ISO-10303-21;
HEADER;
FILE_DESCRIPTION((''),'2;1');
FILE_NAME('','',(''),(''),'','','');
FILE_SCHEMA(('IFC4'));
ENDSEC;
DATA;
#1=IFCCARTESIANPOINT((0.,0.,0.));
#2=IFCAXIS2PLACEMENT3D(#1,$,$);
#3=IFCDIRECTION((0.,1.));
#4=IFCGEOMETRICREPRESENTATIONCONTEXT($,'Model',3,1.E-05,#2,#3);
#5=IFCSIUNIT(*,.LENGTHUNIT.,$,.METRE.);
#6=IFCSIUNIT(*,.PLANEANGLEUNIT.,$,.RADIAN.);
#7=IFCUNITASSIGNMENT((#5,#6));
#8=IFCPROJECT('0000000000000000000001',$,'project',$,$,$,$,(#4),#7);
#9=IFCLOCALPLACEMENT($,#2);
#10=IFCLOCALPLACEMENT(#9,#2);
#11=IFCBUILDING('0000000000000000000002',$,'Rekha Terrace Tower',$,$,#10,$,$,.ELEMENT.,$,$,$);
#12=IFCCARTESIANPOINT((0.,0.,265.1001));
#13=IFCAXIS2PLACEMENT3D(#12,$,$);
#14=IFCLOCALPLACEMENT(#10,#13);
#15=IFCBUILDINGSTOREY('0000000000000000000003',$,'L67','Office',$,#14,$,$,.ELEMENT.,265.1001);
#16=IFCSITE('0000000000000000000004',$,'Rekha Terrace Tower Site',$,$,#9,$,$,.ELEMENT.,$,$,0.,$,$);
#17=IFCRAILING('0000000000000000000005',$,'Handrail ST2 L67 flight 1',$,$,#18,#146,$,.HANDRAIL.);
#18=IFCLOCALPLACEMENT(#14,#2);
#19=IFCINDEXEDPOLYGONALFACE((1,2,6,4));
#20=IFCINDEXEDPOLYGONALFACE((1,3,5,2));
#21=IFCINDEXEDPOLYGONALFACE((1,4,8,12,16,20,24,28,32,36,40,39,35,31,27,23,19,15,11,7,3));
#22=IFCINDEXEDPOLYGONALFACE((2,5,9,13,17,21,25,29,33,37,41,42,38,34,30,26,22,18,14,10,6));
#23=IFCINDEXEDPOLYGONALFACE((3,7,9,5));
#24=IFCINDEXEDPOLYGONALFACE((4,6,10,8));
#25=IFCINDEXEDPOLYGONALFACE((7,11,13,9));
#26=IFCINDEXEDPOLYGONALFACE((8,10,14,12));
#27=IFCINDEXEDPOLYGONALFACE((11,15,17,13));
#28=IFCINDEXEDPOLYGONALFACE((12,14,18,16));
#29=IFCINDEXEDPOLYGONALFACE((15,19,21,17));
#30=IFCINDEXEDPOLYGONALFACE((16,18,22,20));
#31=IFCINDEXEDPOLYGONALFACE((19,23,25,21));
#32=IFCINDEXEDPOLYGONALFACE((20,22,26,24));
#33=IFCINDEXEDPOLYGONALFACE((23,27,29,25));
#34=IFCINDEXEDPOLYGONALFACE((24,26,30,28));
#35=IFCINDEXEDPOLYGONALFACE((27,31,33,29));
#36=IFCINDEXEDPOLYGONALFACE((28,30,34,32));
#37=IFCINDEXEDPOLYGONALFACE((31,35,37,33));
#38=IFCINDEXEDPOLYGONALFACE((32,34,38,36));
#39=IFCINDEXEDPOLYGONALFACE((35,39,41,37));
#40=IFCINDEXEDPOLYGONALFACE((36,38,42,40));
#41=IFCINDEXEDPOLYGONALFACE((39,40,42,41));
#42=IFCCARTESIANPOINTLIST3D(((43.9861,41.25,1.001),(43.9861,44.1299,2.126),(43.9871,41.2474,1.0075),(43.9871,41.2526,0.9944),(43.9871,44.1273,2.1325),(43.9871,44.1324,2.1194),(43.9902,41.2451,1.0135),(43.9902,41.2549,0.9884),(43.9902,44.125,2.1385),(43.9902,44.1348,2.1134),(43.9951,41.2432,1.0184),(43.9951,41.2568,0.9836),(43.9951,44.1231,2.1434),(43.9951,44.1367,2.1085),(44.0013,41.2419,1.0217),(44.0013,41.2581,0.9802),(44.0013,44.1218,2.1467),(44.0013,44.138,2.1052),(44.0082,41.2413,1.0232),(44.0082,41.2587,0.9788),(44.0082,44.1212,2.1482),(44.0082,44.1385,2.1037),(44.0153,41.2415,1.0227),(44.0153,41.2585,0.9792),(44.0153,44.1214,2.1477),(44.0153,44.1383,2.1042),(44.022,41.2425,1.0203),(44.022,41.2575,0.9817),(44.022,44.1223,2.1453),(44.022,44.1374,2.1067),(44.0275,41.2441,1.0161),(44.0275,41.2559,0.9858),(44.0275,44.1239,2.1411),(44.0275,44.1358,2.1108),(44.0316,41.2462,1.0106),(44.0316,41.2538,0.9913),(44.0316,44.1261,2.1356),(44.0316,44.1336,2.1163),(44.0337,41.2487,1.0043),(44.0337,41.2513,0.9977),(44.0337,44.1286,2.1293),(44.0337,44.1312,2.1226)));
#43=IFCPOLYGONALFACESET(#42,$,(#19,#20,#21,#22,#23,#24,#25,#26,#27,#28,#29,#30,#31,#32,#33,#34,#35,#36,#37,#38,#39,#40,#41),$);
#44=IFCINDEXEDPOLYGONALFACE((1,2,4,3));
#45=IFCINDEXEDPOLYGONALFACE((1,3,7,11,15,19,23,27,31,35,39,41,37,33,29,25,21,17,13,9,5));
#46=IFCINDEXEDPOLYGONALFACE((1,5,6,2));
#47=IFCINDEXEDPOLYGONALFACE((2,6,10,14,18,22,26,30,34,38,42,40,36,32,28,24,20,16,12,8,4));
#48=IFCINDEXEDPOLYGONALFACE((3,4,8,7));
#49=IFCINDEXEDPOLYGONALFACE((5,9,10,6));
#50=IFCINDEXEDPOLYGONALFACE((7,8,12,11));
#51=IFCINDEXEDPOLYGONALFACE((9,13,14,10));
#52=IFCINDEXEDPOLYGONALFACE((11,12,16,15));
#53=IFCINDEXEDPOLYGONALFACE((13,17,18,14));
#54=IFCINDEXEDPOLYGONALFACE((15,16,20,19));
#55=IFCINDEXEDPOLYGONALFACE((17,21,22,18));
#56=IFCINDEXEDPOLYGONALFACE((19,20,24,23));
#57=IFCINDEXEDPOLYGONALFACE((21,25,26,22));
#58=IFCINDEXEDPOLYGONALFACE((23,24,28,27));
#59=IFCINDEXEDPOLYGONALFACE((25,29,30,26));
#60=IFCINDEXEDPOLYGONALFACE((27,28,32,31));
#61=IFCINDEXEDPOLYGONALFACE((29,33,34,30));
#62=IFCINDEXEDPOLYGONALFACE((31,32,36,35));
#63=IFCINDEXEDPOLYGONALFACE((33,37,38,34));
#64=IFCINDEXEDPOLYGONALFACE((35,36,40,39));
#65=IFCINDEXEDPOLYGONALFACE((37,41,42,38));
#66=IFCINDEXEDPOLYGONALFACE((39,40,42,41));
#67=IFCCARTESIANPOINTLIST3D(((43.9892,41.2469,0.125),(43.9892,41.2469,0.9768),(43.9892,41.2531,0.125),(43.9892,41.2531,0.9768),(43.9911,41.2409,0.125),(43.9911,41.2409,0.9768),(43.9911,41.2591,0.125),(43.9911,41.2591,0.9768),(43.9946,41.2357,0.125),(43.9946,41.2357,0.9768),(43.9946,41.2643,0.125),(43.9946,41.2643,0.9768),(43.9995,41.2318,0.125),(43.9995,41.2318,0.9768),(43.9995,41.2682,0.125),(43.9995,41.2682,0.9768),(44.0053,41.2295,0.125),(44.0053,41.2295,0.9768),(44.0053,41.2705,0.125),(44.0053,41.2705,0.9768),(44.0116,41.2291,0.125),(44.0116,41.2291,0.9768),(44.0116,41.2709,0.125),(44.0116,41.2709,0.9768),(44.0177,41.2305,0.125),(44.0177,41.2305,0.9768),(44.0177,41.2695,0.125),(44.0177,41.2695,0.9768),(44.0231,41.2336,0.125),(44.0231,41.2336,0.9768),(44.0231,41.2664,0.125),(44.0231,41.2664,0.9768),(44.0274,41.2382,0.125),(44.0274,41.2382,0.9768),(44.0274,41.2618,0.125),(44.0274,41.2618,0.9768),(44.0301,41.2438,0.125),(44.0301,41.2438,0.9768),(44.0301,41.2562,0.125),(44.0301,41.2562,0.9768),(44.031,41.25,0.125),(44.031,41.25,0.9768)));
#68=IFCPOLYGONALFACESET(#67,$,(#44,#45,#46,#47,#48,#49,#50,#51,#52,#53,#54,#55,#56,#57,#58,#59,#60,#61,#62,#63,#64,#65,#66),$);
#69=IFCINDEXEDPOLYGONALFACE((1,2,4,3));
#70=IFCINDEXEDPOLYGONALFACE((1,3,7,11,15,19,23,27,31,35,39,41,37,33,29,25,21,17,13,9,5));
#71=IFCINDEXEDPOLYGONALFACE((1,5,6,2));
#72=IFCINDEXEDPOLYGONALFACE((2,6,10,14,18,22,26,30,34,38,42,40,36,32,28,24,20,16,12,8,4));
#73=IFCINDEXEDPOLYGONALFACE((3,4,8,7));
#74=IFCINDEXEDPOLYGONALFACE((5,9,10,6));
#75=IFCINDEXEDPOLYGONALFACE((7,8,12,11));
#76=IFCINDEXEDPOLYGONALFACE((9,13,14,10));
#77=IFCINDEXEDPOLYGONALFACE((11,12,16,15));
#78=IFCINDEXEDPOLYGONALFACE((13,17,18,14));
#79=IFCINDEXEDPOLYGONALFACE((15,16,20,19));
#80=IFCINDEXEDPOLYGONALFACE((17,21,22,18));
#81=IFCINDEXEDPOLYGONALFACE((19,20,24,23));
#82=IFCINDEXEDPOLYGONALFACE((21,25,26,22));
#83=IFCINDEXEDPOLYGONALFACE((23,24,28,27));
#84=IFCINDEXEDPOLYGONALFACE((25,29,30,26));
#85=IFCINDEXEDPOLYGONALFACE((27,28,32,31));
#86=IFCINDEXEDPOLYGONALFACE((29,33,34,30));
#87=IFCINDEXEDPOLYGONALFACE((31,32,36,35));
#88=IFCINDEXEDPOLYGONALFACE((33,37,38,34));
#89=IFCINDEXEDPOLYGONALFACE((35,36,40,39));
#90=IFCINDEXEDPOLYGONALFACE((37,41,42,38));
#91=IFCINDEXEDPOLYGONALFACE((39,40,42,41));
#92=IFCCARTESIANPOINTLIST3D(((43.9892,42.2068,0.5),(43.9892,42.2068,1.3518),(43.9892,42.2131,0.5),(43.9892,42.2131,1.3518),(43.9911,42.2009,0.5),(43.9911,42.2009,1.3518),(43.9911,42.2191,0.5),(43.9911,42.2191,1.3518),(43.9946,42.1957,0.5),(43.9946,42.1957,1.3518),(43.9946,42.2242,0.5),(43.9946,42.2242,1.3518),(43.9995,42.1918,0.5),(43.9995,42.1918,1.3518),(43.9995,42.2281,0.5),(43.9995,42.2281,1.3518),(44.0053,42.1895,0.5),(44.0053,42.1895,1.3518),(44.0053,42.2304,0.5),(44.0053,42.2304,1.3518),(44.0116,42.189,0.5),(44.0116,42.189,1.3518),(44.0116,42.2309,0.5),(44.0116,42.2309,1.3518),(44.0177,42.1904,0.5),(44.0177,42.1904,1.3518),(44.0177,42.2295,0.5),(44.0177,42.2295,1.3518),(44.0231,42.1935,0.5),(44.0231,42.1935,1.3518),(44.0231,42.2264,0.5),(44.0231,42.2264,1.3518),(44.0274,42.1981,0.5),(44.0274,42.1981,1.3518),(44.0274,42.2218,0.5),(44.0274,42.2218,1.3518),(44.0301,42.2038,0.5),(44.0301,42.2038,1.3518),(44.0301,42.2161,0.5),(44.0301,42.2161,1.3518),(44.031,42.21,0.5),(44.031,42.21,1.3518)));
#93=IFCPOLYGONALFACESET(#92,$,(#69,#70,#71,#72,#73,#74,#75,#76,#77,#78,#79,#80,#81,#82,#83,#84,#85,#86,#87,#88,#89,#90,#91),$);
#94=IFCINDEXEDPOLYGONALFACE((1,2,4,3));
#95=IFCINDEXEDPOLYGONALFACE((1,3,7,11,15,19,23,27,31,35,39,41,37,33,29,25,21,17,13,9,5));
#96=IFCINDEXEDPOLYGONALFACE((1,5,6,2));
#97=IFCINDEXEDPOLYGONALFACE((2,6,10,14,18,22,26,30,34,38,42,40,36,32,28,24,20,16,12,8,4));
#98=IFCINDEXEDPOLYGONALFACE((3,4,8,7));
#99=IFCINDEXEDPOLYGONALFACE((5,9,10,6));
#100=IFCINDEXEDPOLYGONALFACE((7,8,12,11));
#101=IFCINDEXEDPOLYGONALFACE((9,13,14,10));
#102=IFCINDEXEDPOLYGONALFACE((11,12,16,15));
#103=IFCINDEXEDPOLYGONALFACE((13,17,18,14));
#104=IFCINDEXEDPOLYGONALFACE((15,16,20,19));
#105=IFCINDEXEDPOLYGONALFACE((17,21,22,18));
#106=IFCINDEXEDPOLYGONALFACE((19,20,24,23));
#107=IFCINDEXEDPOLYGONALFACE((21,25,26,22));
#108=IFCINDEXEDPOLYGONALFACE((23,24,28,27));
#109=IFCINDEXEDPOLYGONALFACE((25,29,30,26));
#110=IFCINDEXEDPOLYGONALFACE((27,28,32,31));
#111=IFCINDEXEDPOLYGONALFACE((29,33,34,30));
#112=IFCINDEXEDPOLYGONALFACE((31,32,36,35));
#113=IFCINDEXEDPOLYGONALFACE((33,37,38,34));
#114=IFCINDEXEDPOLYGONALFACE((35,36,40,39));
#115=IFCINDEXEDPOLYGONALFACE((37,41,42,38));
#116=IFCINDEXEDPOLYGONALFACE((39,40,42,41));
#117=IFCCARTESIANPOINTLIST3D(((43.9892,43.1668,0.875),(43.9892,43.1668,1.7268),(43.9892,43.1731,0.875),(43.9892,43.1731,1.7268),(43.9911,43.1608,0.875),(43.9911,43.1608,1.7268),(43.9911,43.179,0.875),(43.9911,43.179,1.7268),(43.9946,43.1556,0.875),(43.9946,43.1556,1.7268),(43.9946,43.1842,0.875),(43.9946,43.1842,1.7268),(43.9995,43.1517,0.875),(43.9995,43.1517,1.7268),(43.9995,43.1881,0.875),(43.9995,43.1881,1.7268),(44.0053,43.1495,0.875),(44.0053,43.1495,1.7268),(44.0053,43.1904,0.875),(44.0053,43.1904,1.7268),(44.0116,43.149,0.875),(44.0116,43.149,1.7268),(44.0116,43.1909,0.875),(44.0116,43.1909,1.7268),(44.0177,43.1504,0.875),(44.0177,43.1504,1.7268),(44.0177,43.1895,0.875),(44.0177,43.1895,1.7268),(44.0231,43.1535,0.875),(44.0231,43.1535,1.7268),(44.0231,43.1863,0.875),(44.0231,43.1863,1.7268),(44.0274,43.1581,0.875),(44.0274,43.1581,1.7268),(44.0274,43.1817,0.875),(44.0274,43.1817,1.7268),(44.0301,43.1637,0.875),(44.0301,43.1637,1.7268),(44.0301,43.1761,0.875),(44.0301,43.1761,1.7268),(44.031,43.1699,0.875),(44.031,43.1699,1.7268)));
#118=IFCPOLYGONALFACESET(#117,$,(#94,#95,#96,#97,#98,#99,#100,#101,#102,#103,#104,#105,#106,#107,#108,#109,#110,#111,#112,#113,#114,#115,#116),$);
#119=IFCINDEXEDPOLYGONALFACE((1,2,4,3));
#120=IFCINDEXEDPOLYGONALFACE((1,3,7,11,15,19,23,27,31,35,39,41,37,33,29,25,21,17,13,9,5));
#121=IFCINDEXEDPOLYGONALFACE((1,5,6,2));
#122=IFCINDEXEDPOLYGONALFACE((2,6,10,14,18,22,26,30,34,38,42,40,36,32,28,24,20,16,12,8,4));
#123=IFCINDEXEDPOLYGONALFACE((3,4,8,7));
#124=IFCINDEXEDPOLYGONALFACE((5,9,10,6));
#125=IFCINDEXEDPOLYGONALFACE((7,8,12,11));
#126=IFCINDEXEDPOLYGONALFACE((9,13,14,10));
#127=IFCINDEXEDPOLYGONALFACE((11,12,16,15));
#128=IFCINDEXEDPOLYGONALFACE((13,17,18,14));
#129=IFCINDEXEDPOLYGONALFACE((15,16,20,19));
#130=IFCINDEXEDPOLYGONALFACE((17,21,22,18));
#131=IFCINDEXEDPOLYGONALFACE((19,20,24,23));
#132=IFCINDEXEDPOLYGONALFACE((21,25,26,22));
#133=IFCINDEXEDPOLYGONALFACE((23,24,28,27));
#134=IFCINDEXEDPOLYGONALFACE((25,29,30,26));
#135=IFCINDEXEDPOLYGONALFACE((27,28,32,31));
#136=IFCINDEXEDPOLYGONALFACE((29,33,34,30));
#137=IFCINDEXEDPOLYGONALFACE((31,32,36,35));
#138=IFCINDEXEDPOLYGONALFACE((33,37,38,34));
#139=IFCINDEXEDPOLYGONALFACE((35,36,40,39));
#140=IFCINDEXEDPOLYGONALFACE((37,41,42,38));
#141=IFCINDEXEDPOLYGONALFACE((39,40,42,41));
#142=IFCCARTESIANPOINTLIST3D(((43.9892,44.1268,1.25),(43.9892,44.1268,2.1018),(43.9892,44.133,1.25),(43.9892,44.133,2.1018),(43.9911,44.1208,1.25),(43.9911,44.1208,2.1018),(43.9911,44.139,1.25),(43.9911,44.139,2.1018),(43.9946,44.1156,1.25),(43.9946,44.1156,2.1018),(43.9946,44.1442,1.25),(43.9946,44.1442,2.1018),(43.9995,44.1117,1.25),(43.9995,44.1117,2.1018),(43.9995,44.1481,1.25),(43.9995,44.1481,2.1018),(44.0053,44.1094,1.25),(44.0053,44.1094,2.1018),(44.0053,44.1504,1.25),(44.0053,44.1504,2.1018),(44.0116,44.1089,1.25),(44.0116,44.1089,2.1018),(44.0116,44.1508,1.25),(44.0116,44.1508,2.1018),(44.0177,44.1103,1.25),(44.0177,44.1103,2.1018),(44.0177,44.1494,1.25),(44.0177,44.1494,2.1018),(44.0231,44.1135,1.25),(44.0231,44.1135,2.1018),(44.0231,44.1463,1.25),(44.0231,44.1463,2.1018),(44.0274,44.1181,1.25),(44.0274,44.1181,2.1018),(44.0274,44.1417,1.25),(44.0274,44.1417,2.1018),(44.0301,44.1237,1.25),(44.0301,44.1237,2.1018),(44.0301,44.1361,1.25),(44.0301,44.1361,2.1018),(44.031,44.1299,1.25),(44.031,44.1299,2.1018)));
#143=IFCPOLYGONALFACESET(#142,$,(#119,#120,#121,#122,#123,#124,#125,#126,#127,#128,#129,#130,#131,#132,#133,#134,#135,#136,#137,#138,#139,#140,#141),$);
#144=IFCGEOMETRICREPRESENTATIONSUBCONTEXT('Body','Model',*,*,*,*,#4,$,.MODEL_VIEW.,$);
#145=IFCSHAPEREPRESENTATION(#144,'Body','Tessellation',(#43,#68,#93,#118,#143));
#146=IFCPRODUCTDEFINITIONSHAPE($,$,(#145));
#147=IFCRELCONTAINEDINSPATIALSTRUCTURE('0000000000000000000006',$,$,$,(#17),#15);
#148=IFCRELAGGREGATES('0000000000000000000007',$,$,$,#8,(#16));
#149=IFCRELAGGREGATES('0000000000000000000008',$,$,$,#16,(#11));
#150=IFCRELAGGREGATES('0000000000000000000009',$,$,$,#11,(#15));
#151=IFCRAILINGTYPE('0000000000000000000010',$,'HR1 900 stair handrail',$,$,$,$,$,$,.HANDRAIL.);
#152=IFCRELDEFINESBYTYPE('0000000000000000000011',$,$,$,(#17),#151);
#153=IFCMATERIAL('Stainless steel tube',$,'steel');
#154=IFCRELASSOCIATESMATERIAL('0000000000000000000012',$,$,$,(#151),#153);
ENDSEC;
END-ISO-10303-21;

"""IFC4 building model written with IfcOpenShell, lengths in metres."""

from ifc_helpers import new_model, si_unit, direction, frame, origin, origin_2d, place, context, subcontext, project, spatial, circle, extrude, material, type_object, element, save


model = new_model("IFC4")

# Units and contexts
model_context = context("Model", 3, precision=1e-05, world=origin(), true_north=direction((0.0, 1.0)))
body_context = subcontext(model_context, "Body", "Model", "MODEL_VIEW")
ifc_project = project(units=[si_unit("LENGTHUNIT", "METRE"), si_unit("PLANEANGLEUNIT", "RADIAN")], contexts=[model_context])

# Site, building, storey
site_placement = place(None, origin())
site = spatial("IfcSite", under=ifc_project, at=site_placement, Name="Rekha Terrace Tower Site", CompositionType="ELEMENT", RefElevation=0.0)
building_placement = place(site_placement, origin())
building = spatial("IfcBuilding", under=site, at=building_placement, Name="Rekha Terrace Tower", CompositionType="ELEMENT")
storey_placement = place(building_placement, frame((0.0, 0.0, 265.1001)))
storey = spatial("IfcBuildingStorey", under=building, at=storey_placement, Name="L67", Description="Office", CompositionType="ELEMENT", Elevation=265.1001)

# Railing
ifc_material_1 = material(Name="Stainless steel tube", Category="steel")
railing_type_1 = type_object("IfcRailingType", Name="HR1 900 stair handrail", PredefinedType="HANDRAIL", material=ifc_material_1)
for number, where, name in (
    (1, (44.01, 41.25, 0.125), "Handrail ST2 L67 flight 1"),
):
    element("IfcRailing", number, at=place(storey_placement, frame(where)), inside=storey, type_object=railing_type_1, Name=name, PredefinedType="HANDRAIL", context=body_context, shape_type="SweptSolid", body=[
        extrude(circle(Radius=0.0239, at=origin_2d()), frame((0.0, 0.0, 0.876), z_axis=(0.0, 0.931452, 0.363863), x_axis=(-1.0, 0.0, 0.0)), (0.0, 0.0, 1.0), 3.0918),
        extrude(circle(Radius=0.021, at=origin_2d()), origin(), (0.0, 0.0, 1.0), 0.8518),
        extrude(circle(Radius=0.021, at=origin_2d()), frame((0.0, 0.96, 0.375)), (0.0, 0.0, 1.0), 0.8518),
        extrude(circle(Radius=0.021, at=origin_2d()), frame((0.0, 1.9199, 0.75)), (0.0, 0.0, 1.0), 0.8518),
        extrude(circle(Radius=0.021, at=origin_2d()), frame((0.0, 2.8799, 1.125)), (0.0, 0.0, 1.0), 0.8518),
    ])

save(model, "model.ifc")
